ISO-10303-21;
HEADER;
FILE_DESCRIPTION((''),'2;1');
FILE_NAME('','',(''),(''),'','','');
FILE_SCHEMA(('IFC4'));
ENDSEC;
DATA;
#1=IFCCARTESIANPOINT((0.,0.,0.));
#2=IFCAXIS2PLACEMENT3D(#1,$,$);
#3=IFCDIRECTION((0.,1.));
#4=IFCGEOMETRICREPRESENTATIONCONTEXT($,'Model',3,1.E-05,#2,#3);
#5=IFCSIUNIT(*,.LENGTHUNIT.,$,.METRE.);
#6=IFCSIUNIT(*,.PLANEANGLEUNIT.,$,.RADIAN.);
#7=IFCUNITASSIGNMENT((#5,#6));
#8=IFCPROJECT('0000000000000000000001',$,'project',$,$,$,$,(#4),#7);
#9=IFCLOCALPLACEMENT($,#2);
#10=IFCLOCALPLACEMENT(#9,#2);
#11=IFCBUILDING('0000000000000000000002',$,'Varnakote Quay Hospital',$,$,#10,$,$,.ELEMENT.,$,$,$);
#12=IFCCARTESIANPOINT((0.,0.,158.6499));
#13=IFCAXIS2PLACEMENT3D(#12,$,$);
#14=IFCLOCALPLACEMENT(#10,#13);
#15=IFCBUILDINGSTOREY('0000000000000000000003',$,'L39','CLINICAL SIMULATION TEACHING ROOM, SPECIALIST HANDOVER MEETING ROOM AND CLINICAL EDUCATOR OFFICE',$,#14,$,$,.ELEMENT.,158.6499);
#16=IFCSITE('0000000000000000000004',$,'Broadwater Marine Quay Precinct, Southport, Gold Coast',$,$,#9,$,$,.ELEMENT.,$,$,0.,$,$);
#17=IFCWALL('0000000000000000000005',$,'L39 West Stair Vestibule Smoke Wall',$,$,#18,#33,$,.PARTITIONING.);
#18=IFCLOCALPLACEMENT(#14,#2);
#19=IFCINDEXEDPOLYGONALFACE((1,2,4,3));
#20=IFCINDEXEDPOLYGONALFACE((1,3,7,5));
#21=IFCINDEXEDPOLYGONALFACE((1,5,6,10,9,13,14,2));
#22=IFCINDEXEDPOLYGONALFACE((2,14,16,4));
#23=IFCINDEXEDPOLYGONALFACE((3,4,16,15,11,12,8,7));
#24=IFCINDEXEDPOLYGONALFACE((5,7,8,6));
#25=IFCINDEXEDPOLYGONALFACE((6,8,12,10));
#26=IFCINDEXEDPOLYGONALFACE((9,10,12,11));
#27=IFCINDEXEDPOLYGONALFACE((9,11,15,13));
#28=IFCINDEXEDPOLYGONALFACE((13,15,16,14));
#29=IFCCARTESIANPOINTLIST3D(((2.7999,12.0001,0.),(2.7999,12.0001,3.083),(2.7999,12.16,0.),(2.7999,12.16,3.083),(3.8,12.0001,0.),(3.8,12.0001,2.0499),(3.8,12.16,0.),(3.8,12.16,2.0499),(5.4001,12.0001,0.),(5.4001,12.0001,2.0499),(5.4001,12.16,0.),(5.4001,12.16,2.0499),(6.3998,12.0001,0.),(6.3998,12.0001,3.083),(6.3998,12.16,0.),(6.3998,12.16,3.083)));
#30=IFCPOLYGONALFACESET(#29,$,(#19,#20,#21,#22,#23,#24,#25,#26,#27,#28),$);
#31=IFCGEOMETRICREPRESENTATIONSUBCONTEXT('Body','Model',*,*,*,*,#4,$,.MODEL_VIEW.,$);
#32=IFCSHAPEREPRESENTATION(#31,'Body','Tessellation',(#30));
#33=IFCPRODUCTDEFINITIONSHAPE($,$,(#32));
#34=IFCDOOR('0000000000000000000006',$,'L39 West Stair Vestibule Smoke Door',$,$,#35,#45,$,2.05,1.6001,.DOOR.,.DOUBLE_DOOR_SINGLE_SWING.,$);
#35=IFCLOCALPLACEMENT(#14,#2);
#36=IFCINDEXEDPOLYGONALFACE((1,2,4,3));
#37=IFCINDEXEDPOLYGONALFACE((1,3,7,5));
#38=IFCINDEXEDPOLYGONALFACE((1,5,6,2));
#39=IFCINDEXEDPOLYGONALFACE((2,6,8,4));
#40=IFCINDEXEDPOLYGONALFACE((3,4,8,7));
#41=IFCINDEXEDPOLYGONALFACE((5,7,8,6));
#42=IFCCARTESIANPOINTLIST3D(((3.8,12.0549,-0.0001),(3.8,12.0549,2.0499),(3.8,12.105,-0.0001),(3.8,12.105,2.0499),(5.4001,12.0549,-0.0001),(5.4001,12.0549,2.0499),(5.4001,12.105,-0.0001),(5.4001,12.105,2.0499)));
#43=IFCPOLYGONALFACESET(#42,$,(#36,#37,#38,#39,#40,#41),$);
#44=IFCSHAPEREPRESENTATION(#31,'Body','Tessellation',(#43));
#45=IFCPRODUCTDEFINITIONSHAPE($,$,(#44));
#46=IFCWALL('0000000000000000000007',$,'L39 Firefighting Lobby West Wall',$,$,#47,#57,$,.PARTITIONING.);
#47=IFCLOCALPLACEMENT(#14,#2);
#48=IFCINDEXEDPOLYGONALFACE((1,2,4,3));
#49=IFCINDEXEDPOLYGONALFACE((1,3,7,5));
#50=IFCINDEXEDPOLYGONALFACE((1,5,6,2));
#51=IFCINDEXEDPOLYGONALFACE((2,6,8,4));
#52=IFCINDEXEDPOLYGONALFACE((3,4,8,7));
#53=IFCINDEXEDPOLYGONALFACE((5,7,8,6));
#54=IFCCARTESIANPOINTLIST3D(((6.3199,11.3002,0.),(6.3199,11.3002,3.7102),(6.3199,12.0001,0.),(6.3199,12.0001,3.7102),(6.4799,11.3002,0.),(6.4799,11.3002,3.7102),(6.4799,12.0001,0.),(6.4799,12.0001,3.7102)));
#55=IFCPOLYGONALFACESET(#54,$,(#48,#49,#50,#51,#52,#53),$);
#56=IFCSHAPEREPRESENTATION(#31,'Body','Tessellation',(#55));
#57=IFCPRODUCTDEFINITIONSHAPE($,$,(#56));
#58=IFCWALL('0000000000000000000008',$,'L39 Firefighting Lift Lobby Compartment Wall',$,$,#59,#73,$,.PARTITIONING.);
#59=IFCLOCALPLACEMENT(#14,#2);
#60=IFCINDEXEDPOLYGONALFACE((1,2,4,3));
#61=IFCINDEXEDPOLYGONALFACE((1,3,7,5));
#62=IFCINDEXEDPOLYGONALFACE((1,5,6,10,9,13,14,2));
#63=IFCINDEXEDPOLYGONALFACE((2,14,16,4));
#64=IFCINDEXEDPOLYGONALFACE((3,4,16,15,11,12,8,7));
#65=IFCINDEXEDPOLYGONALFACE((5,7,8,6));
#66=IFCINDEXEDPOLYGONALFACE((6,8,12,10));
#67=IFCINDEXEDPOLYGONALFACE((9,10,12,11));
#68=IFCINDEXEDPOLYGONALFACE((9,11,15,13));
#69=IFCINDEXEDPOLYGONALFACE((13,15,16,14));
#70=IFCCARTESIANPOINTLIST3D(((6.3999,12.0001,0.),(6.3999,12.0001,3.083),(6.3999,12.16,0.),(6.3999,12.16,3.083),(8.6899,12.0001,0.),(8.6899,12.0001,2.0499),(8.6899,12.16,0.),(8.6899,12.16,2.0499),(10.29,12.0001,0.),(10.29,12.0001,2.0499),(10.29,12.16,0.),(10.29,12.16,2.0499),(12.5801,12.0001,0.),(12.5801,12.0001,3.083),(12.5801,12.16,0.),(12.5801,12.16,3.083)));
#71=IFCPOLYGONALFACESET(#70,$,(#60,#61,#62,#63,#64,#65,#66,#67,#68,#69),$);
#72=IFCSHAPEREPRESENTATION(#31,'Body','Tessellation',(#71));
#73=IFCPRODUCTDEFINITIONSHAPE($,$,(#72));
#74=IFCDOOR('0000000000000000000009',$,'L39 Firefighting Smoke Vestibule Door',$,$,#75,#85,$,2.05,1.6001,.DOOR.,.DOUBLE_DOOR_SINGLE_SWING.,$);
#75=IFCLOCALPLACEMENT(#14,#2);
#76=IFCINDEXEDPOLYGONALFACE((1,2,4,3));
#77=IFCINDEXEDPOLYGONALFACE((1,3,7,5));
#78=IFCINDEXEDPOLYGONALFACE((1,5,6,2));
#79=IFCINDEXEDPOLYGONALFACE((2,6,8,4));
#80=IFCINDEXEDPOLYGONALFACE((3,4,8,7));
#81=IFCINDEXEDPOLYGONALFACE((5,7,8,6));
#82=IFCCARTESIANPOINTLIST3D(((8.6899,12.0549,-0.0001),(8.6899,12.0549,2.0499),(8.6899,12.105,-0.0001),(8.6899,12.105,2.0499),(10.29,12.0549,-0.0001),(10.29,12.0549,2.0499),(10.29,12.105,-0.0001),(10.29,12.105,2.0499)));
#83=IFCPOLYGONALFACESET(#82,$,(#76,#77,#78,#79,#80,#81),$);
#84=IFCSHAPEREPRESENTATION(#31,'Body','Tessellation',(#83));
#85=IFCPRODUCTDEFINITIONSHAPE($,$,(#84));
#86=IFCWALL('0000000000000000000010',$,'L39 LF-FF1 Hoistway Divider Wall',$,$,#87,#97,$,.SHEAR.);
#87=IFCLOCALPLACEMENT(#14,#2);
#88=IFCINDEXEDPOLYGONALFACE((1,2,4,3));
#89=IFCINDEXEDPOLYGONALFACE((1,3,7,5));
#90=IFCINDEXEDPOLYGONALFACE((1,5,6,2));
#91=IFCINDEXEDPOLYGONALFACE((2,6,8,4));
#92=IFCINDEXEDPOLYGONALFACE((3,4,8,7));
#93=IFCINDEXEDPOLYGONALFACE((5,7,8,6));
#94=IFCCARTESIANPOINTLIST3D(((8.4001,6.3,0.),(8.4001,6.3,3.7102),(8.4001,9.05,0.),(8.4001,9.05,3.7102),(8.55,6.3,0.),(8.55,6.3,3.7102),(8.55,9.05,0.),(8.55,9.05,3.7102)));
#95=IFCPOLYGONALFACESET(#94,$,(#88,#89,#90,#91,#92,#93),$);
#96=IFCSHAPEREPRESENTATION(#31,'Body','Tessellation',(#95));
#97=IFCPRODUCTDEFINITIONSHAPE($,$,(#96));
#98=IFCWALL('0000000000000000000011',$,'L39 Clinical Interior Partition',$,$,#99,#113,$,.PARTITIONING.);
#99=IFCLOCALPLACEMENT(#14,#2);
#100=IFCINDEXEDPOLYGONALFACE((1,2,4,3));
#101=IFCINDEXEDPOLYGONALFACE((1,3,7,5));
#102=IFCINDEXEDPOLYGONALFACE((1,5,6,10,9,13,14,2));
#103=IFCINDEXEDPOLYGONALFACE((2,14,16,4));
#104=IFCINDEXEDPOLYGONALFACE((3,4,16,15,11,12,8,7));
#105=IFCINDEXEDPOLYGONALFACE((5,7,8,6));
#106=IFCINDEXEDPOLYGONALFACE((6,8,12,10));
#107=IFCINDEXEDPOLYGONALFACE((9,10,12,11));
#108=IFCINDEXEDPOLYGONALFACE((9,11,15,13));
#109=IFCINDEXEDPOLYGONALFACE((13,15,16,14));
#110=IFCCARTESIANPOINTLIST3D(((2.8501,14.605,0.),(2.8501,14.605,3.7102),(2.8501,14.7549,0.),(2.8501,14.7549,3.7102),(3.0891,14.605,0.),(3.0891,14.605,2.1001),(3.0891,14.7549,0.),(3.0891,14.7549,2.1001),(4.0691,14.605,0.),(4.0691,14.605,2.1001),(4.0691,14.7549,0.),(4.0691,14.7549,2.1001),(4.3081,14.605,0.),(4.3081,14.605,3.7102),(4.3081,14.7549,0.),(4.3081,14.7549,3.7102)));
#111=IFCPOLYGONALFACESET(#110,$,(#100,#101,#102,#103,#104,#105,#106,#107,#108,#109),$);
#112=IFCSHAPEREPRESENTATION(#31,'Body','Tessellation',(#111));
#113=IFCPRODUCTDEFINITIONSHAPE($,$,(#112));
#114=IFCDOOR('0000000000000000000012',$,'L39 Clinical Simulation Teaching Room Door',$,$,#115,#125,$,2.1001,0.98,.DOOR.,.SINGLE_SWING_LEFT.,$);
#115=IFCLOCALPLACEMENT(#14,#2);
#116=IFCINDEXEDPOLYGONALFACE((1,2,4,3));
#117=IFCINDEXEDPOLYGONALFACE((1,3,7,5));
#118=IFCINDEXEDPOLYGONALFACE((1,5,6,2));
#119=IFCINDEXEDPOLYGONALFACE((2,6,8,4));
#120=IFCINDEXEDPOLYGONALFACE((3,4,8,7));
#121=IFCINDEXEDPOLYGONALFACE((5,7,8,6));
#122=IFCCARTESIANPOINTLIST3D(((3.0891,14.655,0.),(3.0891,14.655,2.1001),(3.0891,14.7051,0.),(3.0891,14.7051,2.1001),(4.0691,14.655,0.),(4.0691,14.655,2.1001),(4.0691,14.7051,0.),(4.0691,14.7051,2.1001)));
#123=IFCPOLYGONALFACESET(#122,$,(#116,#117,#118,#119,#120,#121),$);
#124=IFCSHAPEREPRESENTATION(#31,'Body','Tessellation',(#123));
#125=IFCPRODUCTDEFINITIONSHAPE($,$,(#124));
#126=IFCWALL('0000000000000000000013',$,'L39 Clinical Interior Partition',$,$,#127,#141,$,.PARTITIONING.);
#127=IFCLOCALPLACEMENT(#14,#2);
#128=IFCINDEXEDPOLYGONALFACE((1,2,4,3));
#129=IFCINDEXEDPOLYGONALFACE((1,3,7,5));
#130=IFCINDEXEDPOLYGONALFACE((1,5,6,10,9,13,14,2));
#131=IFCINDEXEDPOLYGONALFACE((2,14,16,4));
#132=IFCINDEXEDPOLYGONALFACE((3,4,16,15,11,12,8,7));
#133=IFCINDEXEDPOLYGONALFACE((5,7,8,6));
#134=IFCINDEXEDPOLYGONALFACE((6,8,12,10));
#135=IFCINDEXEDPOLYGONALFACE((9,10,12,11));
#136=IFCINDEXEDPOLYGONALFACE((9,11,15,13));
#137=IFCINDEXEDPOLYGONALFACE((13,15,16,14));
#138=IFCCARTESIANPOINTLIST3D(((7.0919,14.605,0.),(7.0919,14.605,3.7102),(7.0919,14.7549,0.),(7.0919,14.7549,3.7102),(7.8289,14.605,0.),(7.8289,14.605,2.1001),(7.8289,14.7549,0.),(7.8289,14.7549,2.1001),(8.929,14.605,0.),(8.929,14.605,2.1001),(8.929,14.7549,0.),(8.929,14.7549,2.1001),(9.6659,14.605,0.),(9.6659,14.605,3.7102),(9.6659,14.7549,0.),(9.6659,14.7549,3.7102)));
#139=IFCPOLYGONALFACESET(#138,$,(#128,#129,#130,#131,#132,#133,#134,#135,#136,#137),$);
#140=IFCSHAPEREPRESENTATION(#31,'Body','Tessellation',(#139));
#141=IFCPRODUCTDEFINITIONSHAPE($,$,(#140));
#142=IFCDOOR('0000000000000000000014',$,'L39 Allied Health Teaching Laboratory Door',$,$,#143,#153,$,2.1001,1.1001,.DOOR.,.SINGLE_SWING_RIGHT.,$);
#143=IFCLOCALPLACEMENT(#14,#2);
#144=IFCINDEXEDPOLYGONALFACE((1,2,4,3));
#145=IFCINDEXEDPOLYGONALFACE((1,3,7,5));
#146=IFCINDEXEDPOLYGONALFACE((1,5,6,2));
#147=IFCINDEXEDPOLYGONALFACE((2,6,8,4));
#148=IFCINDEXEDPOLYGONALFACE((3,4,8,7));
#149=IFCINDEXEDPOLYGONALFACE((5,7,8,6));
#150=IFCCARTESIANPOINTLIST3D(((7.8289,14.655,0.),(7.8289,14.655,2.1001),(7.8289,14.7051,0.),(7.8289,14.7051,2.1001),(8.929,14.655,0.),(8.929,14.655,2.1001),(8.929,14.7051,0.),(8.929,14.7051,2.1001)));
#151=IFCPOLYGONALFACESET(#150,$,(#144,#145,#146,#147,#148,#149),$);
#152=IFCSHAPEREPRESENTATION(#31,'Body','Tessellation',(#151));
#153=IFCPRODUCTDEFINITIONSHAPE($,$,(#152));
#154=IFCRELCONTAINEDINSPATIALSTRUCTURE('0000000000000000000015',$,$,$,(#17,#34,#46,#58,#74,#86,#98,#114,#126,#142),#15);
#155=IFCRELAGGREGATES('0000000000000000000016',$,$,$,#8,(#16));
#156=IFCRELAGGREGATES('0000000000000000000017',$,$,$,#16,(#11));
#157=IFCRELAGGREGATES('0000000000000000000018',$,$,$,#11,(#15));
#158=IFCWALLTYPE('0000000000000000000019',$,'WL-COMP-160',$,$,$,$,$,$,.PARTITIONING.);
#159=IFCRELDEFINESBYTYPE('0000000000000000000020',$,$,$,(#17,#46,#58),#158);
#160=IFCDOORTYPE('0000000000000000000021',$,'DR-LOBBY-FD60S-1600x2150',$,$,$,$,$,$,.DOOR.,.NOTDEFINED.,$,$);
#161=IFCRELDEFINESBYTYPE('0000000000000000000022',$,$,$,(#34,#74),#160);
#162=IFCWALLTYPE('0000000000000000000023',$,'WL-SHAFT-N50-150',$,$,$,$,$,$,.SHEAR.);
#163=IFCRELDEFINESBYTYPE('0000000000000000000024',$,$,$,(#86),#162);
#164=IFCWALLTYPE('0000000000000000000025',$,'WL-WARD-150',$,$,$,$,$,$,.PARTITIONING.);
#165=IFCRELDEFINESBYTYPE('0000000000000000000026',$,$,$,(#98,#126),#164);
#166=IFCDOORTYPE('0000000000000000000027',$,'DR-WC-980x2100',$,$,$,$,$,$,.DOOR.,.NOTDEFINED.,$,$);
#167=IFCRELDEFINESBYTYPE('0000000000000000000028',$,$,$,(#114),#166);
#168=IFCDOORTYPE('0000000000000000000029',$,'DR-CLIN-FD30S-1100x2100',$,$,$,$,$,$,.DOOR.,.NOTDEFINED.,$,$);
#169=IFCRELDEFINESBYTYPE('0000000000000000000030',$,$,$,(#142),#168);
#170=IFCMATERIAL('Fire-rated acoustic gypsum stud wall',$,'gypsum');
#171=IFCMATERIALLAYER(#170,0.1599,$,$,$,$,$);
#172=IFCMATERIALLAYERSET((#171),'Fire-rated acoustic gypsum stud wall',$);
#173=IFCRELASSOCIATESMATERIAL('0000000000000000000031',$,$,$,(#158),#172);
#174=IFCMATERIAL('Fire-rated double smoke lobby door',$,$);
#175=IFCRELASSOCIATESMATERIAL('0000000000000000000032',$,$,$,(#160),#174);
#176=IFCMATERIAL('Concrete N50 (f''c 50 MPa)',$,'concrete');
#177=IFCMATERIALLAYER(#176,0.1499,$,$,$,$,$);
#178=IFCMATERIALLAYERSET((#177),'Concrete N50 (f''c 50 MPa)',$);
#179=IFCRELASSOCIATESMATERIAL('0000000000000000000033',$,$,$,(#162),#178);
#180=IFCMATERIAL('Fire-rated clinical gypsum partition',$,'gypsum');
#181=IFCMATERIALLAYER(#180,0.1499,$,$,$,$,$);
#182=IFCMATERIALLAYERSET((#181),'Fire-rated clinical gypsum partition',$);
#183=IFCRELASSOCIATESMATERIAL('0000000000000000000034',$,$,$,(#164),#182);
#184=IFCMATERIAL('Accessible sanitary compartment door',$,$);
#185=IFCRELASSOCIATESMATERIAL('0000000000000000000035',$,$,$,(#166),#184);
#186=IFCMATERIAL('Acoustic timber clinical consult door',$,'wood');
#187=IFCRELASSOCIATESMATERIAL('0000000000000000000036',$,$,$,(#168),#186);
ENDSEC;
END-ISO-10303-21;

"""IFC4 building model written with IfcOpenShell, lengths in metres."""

from ifc_helpers import new_model, si_unit, direction, frame, frame_2d, origin, place, context, subcontext, project, spatial, rectangle, extrude, material, layer, layer_set, type_object, element, fill, save


model = new_model("IFC4")

# Units and contexts
model_context = context("Model", 3, precision=1e-05, world=origin(), true_north=direction((0.0, 1.0)))
body_context = subcontext(model_context, "Body", "Model", "MODEL_VIEW")
ifc_project = project(units=[si_unit("LENGTHUNIT", "METRE"), si_unit("PLANEANGLEUNIT", "RADIAN")], contexts=[model_context])

# Site, building, storey
site_placement = place(None, origin())
site = spatial("IfcSite", under=ifc_project, at=site_placement, Name="Broadwater Marine Quay Precinct, Southport, Gold Coast", CompositionType="ELEMENT", RefElevation=0.0)
building_placement = place(site_placement, origin())
building = spatial("IfcBuilding", under=site, at=building_placement, Name="Varnakote Quay Hospital", CompositionType="ELEMENT")
storey_placement = place(building_placement, frame((0.0, 0.0, 158.6499)))
storey = spatial("IfcBuildingStorey", under=building, at=storey_placement, Name="L39", Description="CLINICAL SIMULATION TEACHING ROOM, SPECIALIST HANDOVER MEETING ROOM AND CLINICAL EDUCATOR OFFICE", CompositionType="ELEMENT", Elevation=158.6499)

# Shared definitions
ifc_material_1 = material(Name="Fire-rated acoustic gypsum stud wall", Category="gypsum")
ifc_layer_1 = layer(ifc_material_1, 0.1599)
ifc_layer_set_1 = layer_set([ifc_layer_1], Name="Fire-rated acoustic gypsum stud wall")
wall_type_1 = type_object("IfcWallType", Name="WL-COMP-160", PredefinedType="PARTITIONING", material=ifc_layer_set_1)

# Wall, opening, door
wall_1_placement = place(storey_placement, frame((2.8, 12.0801, 0.0), z_axis=(0.0, 0.0, 1.0), x_axis=(1.0, 0.0, 0.0)))
wall_1 = element("IfcWall", 1, at=wall_1_placement, inside=storey, type_object=wall_type_1, Name="L39 West Stair Vestibule Smoke Wall", PredefinedType="PARTITIONING", context=body_context, shape_type="SweptSolid", body=[
    extrude(rectangle(XDim=3.5999, YDim=0.1599, at=frame_2d((1.7998, 0.0))), origin(), (0.0, 0.0, 1.0), 3.083),
])
opening_1_placement = place(wall_1_placement, frame((1.0, 0.0, 0.0)))
opening_1 = element("IfcOpeningElement", 2, at=opening_1_placement, cuts=wall_1, PredefinedType="OPENING", context=body_context, shape_type="SweptSolid", body=[
    extrude(rectangle(XDim=1.6001, YDim=2.05, at=frame_2d((0.8, 1.0249))), frame((0.0, 0.0898, 0.0), z_axis=(0.0, -1.0, 0.0), x_axis=(1.0, 0.0, 0.0)), (0.0, 0.0, 1.0), 0.1799),
])
ifc_material_2 = material(Name="Fire-rated double smoke lobby door")
door_type_1 = type_object("IfcDoorType", Name="DR-LOBBY-FD60S-1600x2150", OperationType="NOTDEFINED", PredefinedType="DOOR", material=ifc_material_2)
door_1_placement = place(opening_1_placement, origin())
door_1 = element("IfcDoor", 3, at=door_1_placement, inside=storey, type_object=door_type_1, Name="L39 West Stair Vestibule Smoke Door", OperationType="DOUBLE_DOOR_SINGLE_SWING", OverallHeight=2.05, OverallWidth=1.6001, PredefinedType="DOOR", context=body_context, shape_type="SweptSolid", body=[
    extrude(rectangle(XDim=1.6001, YDim=2.05, at=frame_2d((0.8, 1.0249))), frame((0.0, 0.0249, 0.0), z_axis=(0.0, -1.0, 0.0), x_axis=(1.0, 0.0, 0.0)), (0.0, 0.0, 1.0), 0.05),
])
fill(opening_1, door_1)

# Wall
wall_2_placement = place(storey_placement, frame((6.3999, 11.3, 0.0), z_axis=(0.0, 0.0, 1.0), x_axis=(0.0, 1.0, 0.0)))
element("IfcWall", 4, at=wall_2_placement, inside=storey, type_object=wall_type_1, Name="L39 Firefighting Lobby West Wall", PredefinedType="PARTITIONING", context=body_context, shape_type="SweptSolid", body=[
    extrude(rectangle(XDim=0.7, YDim=0.1599, at=frame_2d((0.3501, 0.0))), origin(), (0.0, 0.0, 1.0), 3.7102),
])

# Wall, opening, door
wall_3_placement = place(storey_placement, frame((6.3999, 12.0801, 0.0), z_axis=(0.0, 0.0, 1.0), x_axis=(1.0, 0.0, 0.0)))
wall_3 = element("IfcWall", 5, at=wall_3_placement, inside=storey, type_object=wall_type_1, Name="L39 Firefighting Lift Lobby Compartment Wall", PredefinedType="PARTITIONING", context=body_context, shape_type="SweptSolid", body=[
    extrude(rectangle(XDim=6.1802, YDim=0.1599, at=frame_2d((3.0901, 0.0))), origin(), (0.0, 0.0, 1.0), 3.083),
])
opening_2_placement = place(wall_3_placement, frame((2.29, 0.0, 0.0)))
opening_2 = element("IfcOpeningElement", 6, at=opening_2_placement, cuts=wall_3, PredefinedType="OPENING", context=body_context, shape_type="SweptSolid", body=[
    extrude(rectangle(XDim=1.6001, YDim=2.05, at=frame_2d((0.8, 1.0249))), frame((0.0, 0.0898, 0.0), z_axis=(0.0, -1.0, 0.0), x_axis=(1.0, 0.0, 0.0)), (0.0, 0.0, 1.0), 0.1799),
])
door_2_placement = place(opening_2_placement, origin())
door_2 = element("IfcDoor", 7, at=door_2_placement, inside=storey, type_object=door_type_1, Name="L39 Firefighting Smoke Vestibule Door", OperationType="DOUBLE_DOOR_SINGLE_SWING", OverallHeight=2.05, OverallWidth=1.6001, PredefinedType="DOOR", context=body_context, shape_type="SweptSolid", body=[
    extrude(rectangle(XDim=1.6001, YDim=2.05, at=frame_2d((0.8, 1.0249))), frame((0.0, 0.0249, 0.0), z_axis=(0.0, -1.0, 0.0), x_axis=(1.0, 0.0, 0.0)), (0.0, 0.0, 1.0), 0.05),
])
fill(opening_2, door_2)

# Wall
ifc_material_3 = material(Name="Concrete N50 (f'c 50 MPa)", Category="concrete")
ifc_layer_2 = layer(ifc_material_3, 0.1499)
ifc_layer_set_2 = layer_set([ifc_layer_2], Name="Concrete N50 (f'c 50 MPa)")
wall_type_2 = type_object("IfcWallType", Name="WL-SHAFT-N50-150", PredefinedType="SHEAR", material=ifc_layer_set_2)
wall_4_placement = place(storey_placement, frame((8.4751, 6.3, 0.0), z_axis=(0.0, 0.0, 1.0), x_axis=(0.0, 1.0, 0.0)))
element("IfcWall", 8, at=wall_4_placement, inside=storey, type_object=wall_type_2, Name="L39 LF-FF1 Hoistway Divider Wall", PredefinedType="SHEAR", context=body_context, shape_type="SweptSolid", body=[
    extrude(rectangle(XDim=2.75, YDim=0.1499, at=frame_2d((1.375, 0.0))), origin(), (0.0, 0.0, 1.0), 3.7102),
])

# Walls, openings, doors
ifc_material_4 = material(Name="Fire-rated clinical gypsum partition", Category="gypsum")
ifc_layer_3 = layer(ifc_material_4, 0.1499)
ifc_layer_set_3 = layer_set([ifc_layer_3], Name="Fire-rated clinical gypsum partition")
wall_type_3 = type_object("IfcWallType", Name="WL-WARD-150", PredefinedType="PARTITIONING", material=ifc_layer_set_3)
wall_5_placement = place(storey_placement, frame((4.3081, 14.6799, 0.0), z_axis=(0.0, 0.0, 1.0), x_axis=(-1.0, 0.0, 0.0)))
wall_5 = element("IfcWall", 9, at=wall_5_placement, inside=storey, type_object=wall_type_3, Name="L39 Clinical Interior Partition", PredefinedType="PARTITIONING", context=body_context, shape_type="SweptSolid", body=[
    extrude(rectangle(XDim=1.458, YDim=0.1499, at=frame_2d((0.729, 0.0))), origin(), (0.0, 0.0, 1.0), 3.7102),
])
opening_3_placement = place(wall_5_placement, frame((0.239, 0.0, 0.0)))
opening_3 = element("IfcOpeningElement", 10, at=opening_3_placement, cuts=wall_5, PredefinedType="OPENING", context=body_context, shape_type="SweptSolid", body=[
    extrude(rectangle(XDim=0.98, YDim=2.1001, at=frame_2d((0.49, 1.05))), frame((0.0, 0.085, 0.0), z_axis=(0.0, -1.0, 0.0), x_axis=(1.0, 0.0, 0.0)), (0.0, 0.0, 1.0), 0.1699),
])
ifc_material_5 = material(Name="Accessible sanitary compartment door")
door_type_2 = type_object("IfcDoorType", Name="DR-WC-980x2100", OperationType="NOTDEFINED", PredefinedType="DOOR", material=ifc_material_5)
door_3_placement = place(opening_3_placement, origin())
door_3 = element("IfcDoor", 11, at=door_3_placement, inside=storey, type_object=door_type_2, Name="L39 Clinical Simulation Teaching Room Door", OperationType="SINGLE_SWING_LEFT", OverallHeight=2.1001, OverallWidth=0.98, PredefinedType="DOOR", context=body_context, shape_type="SweptSolid", body=[
    extrude(rectangle(XDim=0.98, YDim=2.1001, at=frame_2d((0.49, 1.05))), frame((0.0, 0.0249, 0.0), z_axis=(0.0, -1.0, 0.0), x_axis=(1.0, 0.0, 0.0)), (0.0, 0.0, 1.0), 0.05),
])
fill(opening_3, door_3)
wall_6_placement = place(storey_placement, frame((9.666, 14.6799, 0.0), z_axis=(0.0, 0.0, 1.0), x_axis=(-1.0, 0.0, 0.0)))
wall_6 = element("IfcWall", 12, at=wall_6_placement, inside=storey, type_object=wall_type_3, Name="L39 Clinical Interior Partition", PredefinedType="PARTITIONING", context=body_context, shape_type="SweptSolid", body=[
    extrude(rectangle(XDim=2.574, YDim=0.1499, at=frame_2d((1.2871, 0.0))), origin(), (0.0, 0.0, 1.0), 3.7102),
])
opening_4_placement = place(wall_6_placement, frame((0.7371, 0.0, 0.0)))
opening_4 = element("IfcOpeningElement", 13, at=opening_4_placement, cuts=wall_6, PredefinedType="OPENING", context=body_context, shape_type="SweptSolid", body=[
    extrude(rectangle(XDim=1.1001, YDim=2.1001, at=frame_2d((0.55, 1.05))), frame((0.0, 0.085, 0.0), z_axis=(0.0, -1.0, 0.0), x_axis=(1.0, 0.0, 0.0)), (0.0, 0.0, 1.0), 0.1699),
])
ifc_material_6 = material(Name="Acoustic timber clinical consult door", Category="wood")
door_type_3 = type_object("IfcDoorType", Name="DR-CLIN-FD30S-1100x2100", OperationType="NOTDEFINED", PredefinedType="DOOR", material=ifc_material_6)
door_4_placement = place(opening_4_placement, origin())
door_4 = element("IfcDoor", 14, at=door_4_placement, inside=storey, type_object=door_type_3, Name="L39 Allied Health Teaching Laboratory Door", OperationType="SINGLE_SWING_RIGHT", OverallHeight=2.1001, OverallWidth=1.1001, PredefinedType="DOOR", context=body_context, shape_type="SweptSolid", body=[
    extrude(rectangle(XDim=1.1001, YDim=2.1001, at=frame_2d((0.55, 1.05))), frame((0.0, 0.0249, 0.0), z_axis=(0.0, -1.0, 0.0), x_axis=(1.0, 0.0, 0.0)), (0.0, 0.0, 1.0), 0.05),
])
fill(opening_4, door_4)

save(model, "model.ifc")
